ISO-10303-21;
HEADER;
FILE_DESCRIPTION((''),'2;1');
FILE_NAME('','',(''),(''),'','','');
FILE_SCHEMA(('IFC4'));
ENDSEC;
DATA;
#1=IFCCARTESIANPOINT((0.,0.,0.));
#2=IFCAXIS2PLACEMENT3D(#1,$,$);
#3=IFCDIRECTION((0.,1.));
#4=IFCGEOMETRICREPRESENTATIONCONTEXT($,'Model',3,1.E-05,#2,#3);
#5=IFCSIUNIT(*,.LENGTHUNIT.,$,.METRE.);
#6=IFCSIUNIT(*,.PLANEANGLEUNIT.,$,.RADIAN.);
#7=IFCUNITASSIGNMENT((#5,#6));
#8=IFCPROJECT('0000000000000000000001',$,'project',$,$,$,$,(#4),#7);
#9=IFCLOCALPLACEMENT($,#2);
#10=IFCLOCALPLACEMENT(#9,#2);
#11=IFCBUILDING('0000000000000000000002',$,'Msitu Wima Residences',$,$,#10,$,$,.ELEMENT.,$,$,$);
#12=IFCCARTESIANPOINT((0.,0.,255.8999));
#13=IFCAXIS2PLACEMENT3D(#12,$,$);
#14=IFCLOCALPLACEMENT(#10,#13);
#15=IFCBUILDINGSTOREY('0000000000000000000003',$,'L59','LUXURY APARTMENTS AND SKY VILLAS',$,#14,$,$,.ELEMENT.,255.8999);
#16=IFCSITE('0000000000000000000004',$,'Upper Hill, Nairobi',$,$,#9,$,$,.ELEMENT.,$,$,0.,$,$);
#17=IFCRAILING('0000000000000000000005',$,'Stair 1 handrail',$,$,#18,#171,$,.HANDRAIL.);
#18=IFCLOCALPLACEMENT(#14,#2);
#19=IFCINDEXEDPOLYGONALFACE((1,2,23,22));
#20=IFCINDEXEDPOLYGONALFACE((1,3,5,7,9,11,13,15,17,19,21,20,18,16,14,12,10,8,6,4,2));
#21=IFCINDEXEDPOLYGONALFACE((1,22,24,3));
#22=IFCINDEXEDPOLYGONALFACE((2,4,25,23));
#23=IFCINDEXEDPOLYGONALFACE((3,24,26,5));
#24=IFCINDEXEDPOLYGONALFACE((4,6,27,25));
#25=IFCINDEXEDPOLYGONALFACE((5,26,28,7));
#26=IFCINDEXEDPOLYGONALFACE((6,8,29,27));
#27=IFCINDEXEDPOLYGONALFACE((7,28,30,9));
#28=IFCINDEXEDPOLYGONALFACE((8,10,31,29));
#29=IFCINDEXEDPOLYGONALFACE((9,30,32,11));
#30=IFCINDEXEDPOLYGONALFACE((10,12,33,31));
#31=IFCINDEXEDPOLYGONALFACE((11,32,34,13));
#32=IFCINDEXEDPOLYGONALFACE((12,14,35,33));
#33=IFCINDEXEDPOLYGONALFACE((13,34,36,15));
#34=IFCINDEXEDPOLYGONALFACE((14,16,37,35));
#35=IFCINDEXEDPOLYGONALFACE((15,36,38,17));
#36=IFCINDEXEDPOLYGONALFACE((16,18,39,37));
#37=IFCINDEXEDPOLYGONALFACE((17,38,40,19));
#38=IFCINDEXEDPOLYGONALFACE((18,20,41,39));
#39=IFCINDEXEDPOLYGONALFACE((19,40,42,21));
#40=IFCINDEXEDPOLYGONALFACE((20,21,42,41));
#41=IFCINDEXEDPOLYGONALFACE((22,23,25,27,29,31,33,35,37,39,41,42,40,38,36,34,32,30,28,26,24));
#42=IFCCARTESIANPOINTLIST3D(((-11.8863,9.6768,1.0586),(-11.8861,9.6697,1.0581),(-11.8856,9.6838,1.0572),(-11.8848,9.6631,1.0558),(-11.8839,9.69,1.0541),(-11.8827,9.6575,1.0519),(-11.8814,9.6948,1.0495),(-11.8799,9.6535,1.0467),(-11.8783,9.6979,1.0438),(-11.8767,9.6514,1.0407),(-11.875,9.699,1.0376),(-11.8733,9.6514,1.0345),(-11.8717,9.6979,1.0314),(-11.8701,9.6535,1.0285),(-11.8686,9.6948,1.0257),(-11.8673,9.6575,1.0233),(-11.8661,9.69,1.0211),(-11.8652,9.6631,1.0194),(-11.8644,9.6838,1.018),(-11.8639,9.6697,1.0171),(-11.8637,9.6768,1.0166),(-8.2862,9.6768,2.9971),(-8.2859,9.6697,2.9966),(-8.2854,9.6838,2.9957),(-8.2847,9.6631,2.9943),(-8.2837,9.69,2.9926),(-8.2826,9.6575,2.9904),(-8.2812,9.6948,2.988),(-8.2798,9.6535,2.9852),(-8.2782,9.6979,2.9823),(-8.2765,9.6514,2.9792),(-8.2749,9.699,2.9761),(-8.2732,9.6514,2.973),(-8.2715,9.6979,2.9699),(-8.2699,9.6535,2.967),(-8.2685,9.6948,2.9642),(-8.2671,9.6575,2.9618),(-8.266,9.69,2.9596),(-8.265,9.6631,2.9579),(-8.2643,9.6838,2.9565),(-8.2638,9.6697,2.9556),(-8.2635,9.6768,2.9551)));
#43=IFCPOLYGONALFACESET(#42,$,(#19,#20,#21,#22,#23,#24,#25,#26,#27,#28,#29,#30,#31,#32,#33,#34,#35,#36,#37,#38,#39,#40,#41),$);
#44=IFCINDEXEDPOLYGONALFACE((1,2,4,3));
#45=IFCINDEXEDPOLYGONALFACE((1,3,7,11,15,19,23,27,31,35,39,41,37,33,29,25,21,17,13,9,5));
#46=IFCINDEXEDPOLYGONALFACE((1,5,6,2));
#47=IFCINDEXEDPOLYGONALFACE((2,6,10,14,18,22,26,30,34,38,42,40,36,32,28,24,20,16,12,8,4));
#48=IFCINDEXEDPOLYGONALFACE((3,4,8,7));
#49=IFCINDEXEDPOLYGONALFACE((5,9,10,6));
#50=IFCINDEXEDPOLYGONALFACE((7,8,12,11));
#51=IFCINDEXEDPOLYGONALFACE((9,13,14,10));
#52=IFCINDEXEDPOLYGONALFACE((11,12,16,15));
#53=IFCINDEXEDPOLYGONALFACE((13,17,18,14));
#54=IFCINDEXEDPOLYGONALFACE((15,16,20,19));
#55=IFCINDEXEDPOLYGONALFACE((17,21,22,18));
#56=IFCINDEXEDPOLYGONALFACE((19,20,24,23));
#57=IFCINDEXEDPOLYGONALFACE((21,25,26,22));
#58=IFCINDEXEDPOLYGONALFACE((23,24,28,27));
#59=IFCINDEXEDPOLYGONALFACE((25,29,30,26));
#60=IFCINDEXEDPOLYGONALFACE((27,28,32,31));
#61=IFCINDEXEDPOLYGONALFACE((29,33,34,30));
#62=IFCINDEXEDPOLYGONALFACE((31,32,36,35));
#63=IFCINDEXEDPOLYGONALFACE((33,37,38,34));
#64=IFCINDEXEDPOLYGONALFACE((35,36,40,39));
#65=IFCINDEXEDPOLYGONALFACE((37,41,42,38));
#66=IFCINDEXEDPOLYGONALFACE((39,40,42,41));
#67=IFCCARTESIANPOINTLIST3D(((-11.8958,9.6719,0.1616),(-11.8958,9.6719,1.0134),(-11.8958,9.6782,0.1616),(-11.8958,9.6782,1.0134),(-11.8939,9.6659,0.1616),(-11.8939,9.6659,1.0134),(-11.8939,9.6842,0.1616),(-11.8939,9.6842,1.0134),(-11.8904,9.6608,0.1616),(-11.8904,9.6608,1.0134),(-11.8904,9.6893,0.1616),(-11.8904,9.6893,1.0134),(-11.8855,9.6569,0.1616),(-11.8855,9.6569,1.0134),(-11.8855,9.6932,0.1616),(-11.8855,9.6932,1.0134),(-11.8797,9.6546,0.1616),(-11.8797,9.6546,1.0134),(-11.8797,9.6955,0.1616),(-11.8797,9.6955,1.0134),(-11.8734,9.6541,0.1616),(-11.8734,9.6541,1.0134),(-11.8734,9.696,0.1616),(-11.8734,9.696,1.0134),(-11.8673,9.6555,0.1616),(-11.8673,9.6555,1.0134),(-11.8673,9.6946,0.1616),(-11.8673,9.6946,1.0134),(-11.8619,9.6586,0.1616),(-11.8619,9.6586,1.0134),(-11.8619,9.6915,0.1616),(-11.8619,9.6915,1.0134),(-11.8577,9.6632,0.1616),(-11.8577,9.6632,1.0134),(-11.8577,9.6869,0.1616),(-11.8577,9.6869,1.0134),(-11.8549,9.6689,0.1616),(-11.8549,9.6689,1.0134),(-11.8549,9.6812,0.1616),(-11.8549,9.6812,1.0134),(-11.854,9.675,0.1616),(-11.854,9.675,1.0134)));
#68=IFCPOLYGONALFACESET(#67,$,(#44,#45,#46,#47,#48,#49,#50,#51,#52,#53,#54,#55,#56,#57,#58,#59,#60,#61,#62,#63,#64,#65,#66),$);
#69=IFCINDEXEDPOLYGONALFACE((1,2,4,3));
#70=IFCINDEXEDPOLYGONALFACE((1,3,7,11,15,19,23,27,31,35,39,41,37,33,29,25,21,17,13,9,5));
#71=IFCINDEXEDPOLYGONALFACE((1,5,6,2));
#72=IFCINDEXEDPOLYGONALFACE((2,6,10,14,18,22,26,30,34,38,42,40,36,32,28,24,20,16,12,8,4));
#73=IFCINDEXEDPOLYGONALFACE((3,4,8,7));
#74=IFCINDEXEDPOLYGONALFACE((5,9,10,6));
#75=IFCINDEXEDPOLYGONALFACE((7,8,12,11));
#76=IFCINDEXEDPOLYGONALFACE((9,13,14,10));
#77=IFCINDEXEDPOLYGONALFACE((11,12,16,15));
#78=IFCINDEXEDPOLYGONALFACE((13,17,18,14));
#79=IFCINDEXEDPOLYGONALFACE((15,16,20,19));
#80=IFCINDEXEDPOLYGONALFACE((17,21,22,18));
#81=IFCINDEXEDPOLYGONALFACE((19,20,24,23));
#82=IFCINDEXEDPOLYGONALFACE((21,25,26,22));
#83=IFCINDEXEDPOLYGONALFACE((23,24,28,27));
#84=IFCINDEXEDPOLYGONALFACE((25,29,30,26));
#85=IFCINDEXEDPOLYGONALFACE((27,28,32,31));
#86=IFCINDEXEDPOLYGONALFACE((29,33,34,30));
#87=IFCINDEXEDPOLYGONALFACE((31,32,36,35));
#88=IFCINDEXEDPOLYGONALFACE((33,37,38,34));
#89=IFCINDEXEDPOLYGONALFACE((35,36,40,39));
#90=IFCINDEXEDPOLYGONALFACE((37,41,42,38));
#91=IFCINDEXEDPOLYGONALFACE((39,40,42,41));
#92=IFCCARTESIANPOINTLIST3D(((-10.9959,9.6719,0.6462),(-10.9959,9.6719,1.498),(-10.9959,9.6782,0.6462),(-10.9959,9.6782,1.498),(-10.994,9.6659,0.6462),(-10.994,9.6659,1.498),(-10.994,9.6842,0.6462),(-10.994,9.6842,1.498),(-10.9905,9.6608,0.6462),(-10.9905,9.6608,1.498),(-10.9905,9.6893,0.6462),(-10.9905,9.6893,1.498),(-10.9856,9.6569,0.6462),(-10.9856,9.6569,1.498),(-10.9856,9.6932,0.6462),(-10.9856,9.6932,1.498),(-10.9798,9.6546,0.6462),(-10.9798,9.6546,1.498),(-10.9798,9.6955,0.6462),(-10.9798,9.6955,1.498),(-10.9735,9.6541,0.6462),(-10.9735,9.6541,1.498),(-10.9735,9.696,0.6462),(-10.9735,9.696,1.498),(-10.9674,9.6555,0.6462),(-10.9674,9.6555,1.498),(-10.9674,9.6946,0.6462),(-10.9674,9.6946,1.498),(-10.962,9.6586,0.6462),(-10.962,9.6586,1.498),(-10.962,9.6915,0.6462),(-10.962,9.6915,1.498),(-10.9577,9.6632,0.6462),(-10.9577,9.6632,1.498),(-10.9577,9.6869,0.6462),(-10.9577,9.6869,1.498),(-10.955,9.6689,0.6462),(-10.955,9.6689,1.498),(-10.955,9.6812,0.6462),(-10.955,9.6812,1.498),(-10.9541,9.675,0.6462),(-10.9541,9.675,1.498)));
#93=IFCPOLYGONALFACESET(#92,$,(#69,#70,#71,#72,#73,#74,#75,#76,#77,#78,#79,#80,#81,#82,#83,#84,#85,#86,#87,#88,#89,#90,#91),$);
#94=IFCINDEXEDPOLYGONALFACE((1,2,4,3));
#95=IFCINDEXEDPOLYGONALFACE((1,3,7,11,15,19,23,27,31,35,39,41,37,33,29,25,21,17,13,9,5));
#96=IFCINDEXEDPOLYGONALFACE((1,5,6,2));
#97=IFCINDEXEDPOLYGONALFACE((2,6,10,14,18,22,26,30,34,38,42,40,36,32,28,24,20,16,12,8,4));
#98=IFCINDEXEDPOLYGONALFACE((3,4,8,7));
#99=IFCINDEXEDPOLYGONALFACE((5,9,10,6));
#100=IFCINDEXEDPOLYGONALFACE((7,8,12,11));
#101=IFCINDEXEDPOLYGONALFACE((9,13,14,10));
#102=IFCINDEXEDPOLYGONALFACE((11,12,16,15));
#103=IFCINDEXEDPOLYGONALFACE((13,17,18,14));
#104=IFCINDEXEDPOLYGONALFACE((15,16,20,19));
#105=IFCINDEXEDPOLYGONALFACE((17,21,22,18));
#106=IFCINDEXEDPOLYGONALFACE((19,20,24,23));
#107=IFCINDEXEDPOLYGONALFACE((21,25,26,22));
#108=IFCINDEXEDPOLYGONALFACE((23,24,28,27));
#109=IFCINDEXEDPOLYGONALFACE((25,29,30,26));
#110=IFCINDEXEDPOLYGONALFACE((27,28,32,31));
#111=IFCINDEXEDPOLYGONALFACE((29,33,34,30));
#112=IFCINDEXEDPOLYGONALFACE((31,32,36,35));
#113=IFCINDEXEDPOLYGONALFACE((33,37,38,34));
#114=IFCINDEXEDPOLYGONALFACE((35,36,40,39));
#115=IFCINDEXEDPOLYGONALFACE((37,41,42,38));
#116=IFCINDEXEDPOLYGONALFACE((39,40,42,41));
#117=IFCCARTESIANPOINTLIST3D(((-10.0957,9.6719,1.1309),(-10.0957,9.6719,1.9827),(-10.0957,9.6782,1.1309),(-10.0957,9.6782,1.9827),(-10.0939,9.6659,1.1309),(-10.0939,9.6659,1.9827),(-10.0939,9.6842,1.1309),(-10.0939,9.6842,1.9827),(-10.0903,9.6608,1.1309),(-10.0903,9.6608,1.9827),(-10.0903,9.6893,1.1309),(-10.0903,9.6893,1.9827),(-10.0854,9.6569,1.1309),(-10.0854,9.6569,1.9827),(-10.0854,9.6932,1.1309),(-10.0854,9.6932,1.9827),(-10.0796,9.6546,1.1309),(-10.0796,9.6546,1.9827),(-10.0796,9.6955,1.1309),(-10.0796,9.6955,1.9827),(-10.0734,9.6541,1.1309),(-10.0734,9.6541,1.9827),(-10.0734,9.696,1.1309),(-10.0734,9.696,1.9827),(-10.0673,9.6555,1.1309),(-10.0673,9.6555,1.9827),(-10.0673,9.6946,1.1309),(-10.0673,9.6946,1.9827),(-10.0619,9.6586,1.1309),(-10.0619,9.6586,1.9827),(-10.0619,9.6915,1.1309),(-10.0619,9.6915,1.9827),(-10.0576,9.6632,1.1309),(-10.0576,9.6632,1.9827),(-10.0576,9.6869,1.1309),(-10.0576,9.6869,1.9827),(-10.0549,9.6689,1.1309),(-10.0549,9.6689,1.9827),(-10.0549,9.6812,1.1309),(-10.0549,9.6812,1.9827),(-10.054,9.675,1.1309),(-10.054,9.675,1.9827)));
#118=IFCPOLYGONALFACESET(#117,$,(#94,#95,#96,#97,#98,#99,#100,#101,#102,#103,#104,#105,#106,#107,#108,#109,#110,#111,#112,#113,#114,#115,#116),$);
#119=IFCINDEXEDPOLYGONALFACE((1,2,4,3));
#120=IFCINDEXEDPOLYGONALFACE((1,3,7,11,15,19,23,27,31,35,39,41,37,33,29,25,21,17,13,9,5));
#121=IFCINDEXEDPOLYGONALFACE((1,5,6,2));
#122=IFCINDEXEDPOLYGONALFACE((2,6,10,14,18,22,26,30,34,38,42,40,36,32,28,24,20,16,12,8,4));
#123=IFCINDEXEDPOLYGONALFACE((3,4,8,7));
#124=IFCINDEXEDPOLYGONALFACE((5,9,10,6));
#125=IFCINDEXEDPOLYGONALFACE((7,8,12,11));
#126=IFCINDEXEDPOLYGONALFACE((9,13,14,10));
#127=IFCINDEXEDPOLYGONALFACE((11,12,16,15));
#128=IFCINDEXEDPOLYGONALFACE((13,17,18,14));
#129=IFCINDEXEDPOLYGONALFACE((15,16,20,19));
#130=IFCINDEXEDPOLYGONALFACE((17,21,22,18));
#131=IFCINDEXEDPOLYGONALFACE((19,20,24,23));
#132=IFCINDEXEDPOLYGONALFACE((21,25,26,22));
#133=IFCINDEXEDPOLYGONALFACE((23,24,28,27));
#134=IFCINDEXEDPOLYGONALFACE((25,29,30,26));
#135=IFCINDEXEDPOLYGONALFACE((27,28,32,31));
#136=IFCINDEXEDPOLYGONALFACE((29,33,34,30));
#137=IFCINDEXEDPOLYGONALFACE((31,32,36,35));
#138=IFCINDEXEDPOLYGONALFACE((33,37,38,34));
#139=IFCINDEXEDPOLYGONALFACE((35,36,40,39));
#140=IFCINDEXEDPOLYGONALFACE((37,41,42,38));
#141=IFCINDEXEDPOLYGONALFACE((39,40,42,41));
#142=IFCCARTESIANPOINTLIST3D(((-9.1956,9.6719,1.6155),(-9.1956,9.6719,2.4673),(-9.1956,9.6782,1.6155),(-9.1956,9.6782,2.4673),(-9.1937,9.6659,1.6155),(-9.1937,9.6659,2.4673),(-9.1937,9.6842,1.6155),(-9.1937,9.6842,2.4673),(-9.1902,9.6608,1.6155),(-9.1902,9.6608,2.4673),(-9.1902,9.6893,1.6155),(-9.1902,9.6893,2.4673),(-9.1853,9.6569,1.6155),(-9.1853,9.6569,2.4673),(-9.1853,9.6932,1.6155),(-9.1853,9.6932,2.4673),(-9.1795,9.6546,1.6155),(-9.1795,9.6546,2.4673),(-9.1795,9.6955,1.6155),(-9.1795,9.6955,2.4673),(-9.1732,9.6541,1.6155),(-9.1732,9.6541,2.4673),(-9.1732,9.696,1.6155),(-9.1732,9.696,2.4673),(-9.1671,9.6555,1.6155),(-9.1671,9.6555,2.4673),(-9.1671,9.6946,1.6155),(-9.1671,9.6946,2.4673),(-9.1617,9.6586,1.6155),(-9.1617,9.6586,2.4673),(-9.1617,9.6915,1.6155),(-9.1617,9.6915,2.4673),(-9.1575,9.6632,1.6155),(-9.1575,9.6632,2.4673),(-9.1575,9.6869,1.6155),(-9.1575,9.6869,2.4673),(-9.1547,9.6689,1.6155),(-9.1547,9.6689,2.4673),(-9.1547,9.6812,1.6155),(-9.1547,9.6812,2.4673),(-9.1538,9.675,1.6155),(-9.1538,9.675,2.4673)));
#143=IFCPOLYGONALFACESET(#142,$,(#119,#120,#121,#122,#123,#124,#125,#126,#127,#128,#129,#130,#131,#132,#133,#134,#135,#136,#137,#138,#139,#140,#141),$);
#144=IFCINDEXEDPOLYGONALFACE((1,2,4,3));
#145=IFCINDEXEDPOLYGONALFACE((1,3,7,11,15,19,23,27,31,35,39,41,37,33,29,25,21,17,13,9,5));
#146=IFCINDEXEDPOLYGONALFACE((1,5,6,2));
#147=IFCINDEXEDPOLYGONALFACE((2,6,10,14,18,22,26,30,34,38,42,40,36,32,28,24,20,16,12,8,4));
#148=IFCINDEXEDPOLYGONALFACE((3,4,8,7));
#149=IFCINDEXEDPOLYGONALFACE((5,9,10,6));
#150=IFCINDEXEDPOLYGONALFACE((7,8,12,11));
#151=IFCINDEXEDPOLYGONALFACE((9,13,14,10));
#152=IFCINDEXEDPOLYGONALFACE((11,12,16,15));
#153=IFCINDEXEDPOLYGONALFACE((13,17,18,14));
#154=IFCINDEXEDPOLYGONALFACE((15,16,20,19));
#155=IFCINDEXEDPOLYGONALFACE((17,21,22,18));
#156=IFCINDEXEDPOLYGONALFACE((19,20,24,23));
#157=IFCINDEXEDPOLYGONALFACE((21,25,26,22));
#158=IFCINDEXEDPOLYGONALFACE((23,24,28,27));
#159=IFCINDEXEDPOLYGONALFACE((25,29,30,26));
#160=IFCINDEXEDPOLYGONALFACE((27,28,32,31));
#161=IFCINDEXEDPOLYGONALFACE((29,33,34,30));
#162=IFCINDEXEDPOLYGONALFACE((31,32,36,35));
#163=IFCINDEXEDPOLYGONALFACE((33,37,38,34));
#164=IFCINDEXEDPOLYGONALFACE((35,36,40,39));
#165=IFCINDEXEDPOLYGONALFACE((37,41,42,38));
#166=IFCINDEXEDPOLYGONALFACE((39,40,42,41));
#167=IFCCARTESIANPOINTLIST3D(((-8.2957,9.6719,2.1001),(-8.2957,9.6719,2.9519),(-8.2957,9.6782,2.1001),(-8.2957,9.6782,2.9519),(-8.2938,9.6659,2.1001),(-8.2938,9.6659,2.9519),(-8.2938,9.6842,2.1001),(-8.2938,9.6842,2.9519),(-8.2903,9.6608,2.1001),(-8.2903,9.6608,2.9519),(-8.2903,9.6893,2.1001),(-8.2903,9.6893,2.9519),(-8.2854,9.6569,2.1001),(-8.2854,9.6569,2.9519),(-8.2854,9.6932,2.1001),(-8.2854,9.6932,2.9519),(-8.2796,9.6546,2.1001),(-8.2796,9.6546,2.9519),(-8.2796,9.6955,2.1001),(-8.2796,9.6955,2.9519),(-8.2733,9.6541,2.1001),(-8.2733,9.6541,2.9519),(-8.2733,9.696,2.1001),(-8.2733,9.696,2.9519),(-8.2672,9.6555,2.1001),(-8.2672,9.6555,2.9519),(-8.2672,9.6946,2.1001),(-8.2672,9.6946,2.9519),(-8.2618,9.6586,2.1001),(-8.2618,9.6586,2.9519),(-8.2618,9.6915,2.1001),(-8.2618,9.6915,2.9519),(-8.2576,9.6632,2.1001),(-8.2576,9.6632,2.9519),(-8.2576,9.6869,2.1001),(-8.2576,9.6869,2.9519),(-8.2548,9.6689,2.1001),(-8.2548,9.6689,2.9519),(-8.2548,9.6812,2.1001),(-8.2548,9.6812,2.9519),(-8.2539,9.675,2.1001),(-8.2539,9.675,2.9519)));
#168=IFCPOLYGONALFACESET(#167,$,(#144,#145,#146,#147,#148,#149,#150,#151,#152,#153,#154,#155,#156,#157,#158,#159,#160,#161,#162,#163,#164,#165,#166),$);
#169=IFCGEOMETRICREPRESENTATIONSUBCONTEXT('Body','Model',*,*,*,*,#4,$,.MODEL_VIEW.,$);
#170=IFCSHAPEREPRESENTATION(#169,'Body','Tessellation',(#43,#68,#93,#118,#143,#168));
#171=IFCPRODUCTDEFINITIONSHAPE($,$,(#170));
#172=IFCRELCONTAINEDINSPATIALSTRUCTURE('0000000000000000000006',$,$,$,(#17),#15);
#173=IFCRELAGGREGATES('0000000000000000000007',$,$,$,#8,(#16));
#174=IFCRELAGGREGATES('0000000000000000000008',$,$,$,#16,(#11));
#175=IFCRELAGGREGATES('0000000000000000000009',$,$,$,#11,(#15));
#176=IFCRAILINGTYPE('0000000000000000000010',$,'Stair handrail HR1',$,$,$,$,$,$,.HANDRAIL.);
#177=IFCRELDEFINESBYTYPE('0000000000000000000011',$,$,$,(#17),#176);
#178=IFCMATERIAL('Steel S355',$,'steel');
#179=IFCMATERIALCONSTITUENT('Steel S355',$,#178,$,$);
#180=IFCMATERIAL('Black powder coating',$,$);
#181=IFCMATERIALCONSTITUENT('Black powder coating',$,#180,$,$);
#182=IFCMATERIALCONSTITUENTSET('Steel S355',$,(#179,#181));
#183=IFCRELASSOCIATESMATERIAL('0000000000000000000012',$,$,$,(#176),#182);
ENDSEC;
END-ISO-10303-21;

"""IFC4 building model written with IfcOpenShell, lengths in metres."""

from ifc_helpers import new_model, si_unit, direction, frame, origin, origin_2d, place, context, subcontext, project, spatial, circle, extrude, material, constituent, constituent_set, type_object, element, save


model = new_model("IFC4")

# Units and contexts
model_context = context("Model", 3, precision=1e-05, world=origin(), true_north=direction((0.0, 1.0)))
body_context = subcontext(model_context, "Body", "Model", "MODEL_VIEW")
ifc_project = project(units=[si_unit("LENGTHUNIT", "METRE"), si_unit("PLANEANGLEUNIT", "RADIAN")], contexts=[model_context])

# Site, building, storey
site_placement = place(None, origin())
site = spatial("IfcSite", under=ifc_project, at=site_placement, Name="Upper Hill, Nairobi", CompositionType="ELEMENT", RefElevation=0.0)
building_placement = place(site_placement, origin())
building = spatial("IfcBuilding", under=site, at=building_placement, Name="Msitu Wima Residences", CompositionType="ELEMENT")
storey_placement = place(building_placement, frame((0.0, 0.0, 255.8999)))
storey = spatial("IfcBuildingStorey", under=building, at=storey_placement, Name="L59", Description="LUXURY APARTMENTS AND SKY VILLAS", CompositionType="ELEMENT", Elevation=255.8999)

# Railing
ifc_material_1 = material(Name="Steel S355", Category="steel")
ifc_constituent_1 = constituent(ifc_material_1, Name="Steel S355")
ifc_material_2 = material(Name="Black powder coating")
ifc_constituent_2 = constituent(ifc_material_2, Name="Black powder coating")
ifc_constituent_set = constituent_set(constituents=[ifc_constituent_1, ifc_constituent_2], Name="Steel S355")
railing_type = type_object("IfcRailingType", Name="Stair handrail HR1", PredefinedType="HANDRAIL", material=ifc_constituent_set)
for number, where, name in (
    (1, (-11.875, 9.675, 0.1616), "Stair 1 handrail"),
):
    element("IfcRailing", number, at=place(storey_placement, frame(where)), inside=storey, type_object=railing_type, Name=name, PredefinedType="HANDRAIL", context=body_context, shape_type="SweptSolid", body=[
        extrude(circle(Radius=0.0239, at=origin_2d()), frame((0.0, 0.0, 0.876), z_axis=(0.880475, 0.0, 0.474093), x_axis=(0.0, 1.0, 0.0)), (0.0, 0.0, 1.0), 4.0889),
        extrude(circle(Radius=0.021, at=origin_2d()), origin(), (0.0, 0.0, 1.0), 0.8518),
        extrude(circle(Radius=0.021, at=origin_2d()), frame((0.8999, 0.0, 0.4846)), (0.0, 0.0, 1.0), 0.8518),
        extrude(circle(Radius=0.021, at=origin_2d()), frame((1.8, 0.0, 0.9692)), (0.0, 0.0, 1.0), 0.8518),
        extrude(circle(Radius=0.021, at=origin_2d()), frame((2.7002, 0.0, 1.4539)), (0.0, 0.0, 1.0), 0.8518),
        extrude(circle(Radius=0.021, at=origin_2d()), frame((3.6001, 0.0, 1.9385)), (0.0, 0.0, 1.0), 0.8518),
    ])

save(model, "model.ifc")
